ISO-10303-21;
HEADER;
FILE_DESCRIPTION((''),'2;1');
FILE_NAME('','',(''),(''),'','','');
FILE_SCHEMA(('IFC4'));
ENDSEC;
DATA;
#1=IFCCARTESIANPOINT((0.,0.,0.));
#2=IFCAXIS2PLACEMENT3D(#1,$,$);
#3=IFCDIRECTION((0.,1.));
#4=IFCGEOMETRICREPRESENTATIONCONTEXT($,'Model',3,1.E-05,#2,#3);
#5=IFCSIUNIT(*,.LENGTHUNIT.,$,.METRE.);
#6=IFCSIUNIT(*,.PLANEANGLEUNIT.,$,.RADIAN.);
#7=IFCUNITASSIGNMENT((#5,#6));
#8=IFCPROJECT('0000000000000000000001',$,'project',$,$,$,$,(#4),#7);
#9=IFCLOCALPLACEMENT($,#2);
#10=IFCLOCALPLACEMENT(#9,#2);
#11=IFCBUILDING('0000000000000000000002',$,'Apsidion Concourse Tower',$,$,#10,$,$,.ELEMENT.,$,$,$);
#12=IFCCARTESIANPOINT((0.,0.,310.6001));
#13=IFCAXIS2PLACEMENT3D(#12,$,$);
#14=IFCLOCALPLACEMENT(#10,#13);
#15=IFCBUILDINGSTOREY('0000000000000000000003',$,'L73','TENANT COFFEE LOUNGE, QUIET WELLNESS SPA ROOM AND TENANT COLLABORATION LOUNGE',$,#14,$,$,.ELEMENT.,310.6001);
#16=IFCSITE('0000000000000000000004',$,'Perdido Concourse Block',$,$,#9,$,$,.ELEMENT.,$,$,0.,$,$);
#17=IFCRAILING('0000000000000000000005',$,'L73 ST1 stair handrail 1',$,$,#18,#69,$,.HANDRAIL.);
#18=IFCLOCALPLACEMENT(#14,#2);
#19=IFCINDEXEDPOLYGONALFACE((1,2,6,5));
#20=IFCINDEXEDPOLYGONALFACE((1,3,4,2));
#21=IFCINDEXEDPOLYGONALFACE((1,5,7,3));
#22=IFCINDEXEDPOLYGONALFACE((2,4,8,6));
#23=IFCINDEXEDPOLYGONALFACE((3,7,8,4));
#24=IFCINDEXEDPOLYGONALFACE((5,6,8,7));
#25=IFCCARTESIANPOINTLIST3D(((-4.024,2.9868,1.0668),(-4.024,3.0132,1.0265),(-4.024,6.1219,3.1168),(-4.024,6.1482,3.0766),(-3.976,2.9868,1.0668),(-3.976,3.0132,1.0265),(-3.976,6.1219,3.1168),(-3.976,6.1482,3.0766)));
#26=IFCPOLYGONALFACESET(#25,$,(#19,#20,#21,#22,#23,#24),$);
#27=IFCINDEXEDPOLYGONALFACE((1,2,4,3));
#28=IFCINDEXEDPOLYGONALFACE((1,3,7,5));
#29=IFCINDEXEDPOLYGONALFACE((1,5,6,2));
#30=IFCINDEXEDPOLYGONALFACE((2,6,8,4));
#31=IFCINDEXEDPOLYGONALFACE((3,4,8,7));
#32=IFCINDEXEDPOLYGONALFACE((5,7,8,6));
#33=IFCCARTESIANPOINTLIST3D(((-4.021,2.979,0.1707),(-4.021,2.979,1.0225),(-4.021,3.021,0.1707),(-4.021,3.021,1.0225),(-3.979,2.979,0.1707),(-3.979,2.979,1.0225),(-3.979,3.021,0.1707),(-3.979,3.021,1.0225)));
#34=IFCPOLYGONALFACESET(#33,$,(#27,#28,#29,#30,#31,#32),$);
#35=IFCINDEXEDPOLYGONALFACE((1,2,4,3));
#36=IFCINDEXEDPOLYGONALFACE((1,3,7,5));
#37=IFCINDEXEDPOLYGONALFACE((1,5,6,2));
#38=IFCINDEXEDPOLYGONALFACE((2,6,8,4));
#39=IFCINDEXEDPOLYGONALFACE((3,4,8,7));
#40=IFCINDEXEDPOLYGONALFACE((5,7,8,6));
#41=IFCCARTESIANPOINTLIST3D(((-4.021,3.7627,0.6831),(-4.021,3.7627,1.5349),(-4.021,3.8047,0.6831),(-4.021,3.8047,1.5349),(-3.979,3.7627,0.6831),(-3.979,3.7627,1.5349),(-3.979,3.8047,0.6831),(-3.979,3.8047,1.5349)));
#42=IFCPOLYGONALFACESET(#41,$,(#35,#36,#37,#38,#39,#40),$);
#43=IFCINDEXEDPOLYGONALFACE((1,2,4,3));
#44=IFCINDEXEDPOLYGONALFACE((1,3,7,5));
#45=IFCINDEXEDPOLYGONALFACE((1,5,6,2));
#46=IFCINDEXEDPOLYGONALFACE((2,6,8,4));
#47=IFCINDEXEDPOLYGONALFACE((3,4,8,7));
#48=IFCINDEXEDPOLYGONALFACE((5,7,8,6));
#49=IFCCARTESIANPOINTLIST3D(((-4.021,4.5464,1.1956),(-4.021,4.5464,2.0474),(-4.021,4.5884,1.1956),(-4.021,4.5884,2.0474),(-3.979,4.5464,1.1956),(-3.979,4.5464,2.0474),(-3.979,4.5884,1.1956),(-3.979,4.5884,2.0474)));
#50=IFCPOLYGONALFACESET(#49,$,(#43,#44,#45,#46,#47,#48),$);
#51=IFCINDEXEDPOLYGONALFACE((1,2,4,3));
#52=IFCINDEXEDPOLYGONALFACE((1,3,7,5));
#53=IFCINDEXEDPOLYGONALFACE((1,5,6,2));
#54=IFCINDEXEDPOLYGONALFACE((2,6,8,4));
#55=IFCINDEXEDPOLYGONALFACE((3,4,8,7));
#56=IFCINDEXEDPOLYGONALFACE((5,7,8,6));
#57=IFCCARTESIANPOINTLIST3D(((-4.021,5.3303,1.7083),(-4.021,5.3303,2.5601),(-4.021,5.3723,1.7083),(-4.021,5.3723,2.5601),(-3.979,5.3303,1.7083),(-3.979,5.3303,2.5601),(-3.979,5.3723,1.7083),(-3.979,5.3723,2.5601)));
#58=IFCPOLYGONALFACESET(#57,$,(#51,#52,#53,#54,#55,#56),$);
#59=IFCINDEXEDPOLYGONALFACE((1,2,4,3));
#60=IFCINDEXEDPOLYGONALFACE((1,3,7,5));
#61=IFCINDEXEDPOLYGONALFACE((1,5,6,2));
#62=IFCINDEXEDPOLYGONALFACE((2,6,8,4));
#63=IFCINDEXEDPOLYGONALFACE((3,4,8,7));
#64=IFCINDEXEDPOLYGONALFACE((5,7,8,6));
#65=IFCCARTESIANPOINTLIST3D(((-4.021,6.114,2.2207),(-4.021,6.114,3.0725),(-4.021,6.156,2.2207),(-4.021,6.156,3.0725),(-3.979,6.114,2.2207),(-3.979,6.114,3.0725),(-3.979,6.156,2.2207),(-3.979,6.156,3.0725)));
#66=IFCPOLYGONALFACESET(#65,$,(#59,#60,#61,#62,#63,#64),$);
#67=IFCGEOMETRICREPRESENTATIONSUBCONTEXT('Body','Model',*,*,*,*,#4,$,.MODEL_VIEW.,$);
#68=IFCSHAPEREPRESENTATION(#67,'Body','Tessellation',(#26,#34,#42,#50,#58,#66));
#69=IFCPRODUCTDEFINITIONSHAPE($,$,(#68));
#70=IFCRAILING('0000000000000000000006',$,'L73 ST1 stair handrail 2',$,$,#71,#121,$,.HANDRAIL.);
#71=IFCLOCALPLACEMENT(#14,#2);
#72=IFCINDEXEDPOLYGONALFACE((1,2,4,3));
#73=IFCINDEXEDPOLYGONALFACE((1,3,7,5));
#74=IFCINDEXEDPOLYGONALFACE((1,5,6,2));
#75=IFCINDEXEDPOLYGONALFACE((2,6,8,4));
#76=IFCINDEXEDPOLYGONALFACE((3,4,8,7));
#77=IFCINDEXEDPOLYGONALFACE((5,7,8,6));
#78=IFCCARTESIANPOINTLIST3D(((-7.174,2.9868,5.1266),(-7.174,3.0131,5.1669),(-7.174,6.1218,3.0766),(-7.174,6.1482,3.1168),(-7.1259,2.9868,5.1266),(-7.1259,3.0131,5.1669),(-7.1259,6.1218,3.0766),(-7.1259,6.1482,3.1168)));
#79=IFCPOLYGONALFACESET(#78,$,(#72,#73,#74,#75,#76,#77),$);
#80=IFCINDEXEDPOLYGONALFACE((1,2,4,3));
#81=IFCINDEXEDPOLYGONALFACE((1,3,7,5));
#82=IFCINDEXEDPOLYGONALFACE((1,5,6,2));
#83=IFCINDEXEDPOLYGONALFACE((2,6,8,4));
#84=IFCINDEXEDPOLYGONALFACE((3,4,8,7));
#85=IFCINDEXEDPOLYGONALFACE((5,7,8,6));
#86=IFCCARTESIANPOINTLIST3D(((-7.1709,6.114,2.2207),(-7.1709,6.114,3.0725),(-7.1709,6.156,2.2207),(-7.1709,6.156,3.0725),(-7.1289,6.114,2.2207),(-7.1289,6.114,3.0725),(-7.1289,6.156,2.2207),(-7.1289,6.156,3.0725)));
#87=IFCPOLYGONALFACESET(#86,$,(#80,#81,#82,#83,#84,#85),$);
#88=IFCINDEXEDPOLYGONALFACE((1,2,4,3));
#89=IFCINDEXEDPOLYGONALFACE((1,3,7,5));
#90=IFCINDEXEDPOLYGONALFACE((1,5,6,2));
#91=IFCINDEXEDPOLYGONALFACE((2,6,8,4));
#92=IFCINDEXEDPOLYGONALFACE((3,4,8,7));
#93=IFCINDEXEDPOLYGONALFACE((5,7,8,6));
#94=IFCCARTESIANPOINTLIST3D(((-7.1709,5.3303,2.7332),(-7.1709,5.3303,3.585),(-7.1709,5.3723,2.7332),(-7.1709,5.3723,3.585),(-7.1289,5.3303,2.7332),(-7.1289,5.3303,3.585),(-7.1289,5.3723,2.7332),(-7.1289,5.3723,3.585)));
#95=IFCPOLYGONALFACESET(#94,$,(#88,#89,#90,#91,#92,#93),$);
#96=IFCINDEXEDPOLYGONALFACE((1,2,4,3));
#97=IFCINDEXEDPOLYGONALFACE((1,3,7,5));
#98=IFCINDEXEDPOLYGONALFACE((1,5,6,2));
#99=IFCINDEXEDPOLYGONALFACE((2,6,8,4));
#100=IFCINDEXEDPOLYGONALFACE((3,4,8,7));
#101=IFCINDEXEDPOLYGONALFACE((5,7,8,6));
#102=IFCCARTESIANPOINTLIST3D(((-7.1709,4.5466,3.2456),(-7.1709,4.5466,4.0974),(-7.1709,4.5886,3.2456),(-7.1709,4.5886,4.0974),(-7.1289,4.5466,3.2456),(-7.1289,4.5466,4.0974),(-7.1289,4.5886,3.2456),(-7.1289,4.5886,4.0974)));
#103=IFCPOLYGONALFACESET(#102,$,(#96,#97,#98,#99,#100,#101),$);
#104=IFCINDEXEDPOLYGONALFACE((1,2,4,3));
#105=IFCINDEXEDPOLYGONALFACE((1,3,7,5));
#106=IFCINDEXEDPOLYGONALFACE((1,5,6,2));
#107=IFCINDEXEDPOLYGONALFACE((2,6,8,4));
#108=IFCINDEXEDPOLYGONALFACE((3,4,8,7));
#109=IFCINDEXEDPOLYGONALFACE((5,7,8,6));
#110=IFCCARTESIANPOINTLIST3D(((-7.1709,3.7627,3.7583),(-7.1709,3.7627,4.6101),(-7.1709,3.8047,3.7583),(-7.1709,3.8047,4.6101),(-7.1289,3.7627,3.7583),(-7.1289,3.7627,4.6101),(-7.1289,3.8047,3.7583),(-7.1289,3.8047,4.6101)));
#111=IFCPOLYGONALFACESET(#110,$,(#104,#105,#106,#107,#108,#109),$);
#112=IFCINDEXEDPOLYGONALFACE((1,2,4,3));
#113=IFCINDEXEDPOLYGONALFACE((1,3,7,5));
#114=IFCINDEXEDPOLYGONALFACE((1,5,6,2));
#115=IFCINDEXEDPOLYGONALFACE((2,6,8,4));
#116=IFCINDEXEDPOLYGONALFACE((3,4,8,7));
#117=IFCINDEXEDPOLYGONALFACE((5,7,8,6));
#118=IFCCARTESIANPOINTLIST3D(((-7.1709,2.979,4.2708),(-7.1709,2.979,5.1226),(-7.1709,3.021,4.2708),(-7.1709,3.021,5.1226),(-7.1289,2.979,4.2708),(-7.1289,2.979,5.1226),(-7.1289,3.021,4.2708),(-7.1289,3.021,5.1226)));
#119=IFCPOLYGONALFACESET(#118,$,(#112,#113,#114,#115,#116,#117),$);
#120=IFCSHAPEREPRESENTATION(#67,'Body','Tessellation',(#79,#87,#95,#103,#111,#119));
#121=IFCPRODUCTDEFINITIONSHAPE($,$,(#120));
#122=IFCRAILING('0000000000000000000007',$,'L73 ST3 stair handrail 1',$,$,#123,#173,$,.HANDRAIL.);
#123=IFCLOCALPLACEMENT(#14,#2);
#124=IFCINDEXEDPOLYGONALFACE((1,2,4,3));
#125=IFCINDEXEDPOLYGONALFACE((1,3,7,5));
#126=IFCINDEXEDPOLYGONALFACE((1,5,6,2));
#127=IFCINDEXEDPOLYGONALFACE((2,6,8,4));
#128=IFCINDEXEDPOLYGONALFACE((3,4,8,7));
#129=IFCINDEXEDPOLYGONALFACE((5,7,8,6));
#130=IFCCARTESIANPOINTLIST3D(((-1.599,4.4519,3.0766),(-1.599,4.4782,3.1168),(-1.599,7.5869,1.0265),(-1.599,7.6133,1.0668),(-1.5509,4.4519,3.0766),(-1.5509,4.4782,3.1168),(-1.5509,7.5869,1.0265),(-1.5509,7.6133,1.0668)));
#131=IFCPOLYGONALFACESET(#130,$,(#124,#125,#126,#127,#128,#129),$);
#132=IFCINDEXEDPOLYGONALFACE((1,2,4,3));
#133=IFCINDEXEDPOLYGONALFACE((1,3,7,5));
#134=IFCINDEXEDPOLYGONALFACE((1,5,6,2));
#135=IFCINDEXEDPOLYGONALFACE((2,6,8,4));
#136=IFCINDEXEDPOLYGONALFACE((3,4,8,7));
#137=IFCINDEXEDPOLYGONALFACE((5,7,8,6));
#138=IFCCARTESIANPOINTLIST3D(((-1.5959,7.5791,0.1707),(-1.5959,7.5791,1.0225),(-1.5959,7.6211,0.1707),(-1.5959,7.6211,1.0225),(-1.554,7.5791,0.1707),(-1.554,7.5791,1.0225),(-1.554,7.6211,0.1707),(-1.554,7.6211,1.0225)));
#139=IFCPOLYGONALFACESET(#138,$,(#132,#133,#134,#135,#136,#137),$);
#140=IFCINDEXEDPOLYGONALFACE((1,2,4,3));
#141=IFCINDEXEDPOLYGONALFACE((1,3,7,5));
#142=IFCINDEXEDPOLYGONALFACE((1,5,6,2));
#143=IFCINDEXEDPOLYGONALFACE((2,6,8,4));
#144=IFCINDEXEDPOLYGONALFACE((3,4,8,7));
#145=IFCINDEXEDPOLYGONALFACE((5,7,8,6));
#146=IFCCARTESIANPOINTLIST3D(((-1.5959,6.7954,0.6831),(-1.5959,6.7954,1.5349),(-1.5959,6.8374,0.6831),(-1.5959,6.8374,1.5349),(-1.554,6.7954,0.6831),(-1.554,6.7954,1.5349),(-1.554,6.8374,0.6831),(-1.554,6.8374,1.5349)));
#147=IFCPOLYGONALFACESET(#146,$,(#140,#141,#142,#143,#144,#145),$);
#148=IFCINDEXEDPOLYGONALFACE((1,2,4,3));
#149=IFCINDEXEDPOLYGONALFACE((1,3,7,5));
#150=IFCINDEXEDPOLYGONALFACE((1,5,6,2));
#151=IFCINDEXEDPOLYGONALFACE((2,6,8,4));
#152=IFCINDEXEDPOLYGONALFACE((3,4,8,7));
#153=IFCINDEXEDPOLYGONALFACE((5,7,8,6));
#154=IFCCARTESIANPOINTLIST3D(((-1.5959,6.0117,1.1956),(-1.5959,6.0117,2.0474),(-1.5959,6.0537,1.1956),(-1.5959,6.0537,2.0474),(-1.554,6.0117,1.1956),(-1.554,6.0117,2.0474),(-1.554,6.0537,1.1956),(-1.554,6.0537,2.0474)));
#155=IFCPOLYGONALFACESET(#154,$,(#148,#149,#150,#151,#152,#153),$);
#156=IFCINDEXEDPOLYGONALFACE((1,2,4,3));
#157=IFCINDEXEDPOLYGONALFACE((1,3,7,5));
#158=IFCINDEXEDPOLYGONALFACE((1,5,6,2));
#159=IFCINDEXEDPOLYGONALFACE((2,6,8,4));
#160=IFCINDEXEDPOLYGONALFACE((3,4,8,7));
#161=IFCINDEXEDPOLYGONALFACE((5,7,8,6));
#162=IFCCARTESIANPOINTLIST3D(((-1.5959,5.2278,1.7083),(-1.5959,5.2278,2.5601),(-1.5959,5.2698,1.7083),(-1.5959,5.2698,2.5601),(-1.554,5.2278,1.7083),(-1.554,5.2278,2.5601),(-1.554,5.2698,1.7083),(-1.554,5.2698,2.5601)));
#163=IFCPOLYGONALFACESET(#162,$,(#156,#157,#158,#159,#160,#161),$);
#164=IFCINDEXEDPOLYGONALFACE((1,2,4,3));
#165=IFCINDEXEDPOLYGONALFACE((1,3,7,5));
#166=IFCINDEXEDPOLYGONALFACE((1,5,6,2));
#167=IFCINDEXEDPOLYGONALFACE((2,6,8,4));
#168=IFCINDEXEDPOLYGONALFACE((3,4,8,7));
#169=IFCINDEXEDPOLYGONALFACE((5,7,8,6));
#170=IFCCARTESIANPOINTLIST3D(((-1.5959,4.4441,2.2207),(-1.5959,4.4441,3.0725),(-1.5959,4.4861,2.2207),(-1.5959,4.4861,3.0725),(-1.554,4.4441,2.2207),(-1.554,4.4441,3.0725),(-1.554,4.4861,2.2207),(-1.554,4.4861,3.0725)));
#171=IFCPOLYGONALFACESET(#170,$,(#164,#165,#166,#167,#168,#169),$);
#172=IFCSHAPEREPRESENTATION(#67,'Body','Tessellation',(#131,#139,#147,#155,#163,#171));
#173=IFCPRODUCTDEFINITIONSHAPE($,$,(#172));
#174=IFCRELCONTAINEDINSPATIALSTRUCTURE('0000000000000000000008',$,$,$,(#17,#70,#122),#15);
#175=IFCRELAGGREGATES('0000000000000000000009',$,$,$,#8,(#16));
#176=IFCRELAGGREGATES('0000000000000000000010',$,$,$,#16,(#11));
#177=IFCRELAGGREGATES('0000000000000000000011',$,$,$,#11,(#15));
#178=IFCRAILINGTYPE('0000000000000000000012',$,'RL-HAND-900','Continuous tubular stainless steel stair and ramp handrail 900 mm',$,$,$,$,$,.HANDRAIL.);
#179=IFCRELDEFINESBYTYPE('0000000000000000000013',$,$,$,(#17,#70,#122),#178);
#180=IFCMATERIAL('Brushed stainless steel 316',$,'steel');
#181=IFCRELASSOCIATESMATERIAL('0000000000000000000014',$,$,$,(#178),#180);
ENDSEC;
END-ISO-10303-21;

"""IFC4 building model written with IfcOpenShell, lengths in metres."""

from ifc_helpers import new_model, si_unit, direction, frame, origin, origin_2d, place, context, subcontext, project, spatial, rectangle, extrude, material, type_object, element, save


model = new_model("IFC4")

# Units and contexts
model_context = context("Model", 3, precision=1e-05, world=origin(), true_north=direction((0.0, 1.0)))
body_context = subcontext(model_context, "Body", "Model", "MODEL_VIEW")
ifc_project = project(units=[si_unit("LENGTHUNIT", "METRE"), si_unit("PLANEANGLEUNIT", "RADIAN")], contexts=[model_context])

# Site, building, storey
site_placement = place(None, origin())
site = spatial("IfcSite", under=ifc_project, at=site_placement, Name="Perdido Concourse Block", CompositionType="ELEMENT", RefElevation=0.0)
building_placement = place(site_placement, origin())
building = spatial("IfcBuilding", under=site, at=building_placement, Name="Apsidion Concourse Tower", CompositionType="ELEMENT")
storey_placement = place(building_placement, frame((0.0, 0.0, 310.6001)))
storey = spatial("IfcBuildingStorey", under=building, at=storey_placement, Name="L73", Description="TENANT COFFEE LOUNGE, QUIET WELLNESS SPA ROOM AND TENANT COLLABORATION LOUNGE", CompositionType="ELEMENT", Elevation=310.6001)

# Shared definitions
ifc_material_1 = material(Name="Brushed stainless steel 316", Category="steel")

# Railings
railing_type_1 = type_object("IfcRailingType", Name="RL-HAND-900", Description="Continuous tubular stainless steel stair and ramp handrail 900 mm", PredefinedType="HANDRAIL", material=ifc_material_1)
railing_1_placement = place(storey_placement, frame((-4.0, 3.0, 0.1707)))
element("IfcRailing", 1, at=railing_1_placement, inside=storey, type_object=railing_type_1, Name="L73 ST1 stair handrail 1", PredefinedType="HANDRAIL", context=body_context, shape_type="SweptSolid", body=[
    extrude(rectangle(XDim=0.0481, YDim=0.0481, at=origin_2d()), frame((0.0, 0.0, 0.876), z_axis=(0.0, 0.836941, 0.547293), x_axis=(-1.0, 0.0, 0.0)), (0.0, 0.0, 1.0), 3.7458),
    extrude(rectangle(XDim=0.042, YDim=0.042, at=origin_2d()), origin(), (0.0, 0.0, 1.0), 0.8518),
    extrude(rectangle(XDim=0.042, YDim=0.042, at=origin_2d()), frame((0.0, 0.7837, 0.5125)), (0.0, 0.0, 1.0), 0.8518),
    extrude(rectangle(XDim=0.042, YDim=0.042, at=origin_2d()), frame((0.0, 1.5674, 1.0249)), (0.0, 0.0, 1.0), 0.8518),
    extrude(rectangle(XDim=0.042, YDim=0.042, at=origin_2d()), frame((0.0, 2.3513, 1.5376)), (0.0, 0.0, 1.0), 0.8518),
    extrude(rectangle(XDim=0.042, YDim=0.042, at=origin_2d()), frame((0.0, 3.135, 2.05)), (0.0, 0.0, 1.0), 0.8518),
])
for number, where, name in (
    (2, (-7.1499, 6.135, 2.2207), "L73 ST1 stair handrail 2"),
    (3, (-1.575, 7.6001, 0.1707), "L73 ST3 stair handrail 1"),
):
    element("IfcRailing", number, at=place(storey_placement, frame(where)), inside=storey, type_object=railing_type_1, Name=name, PredefinedType="HANDRAIL", context=body_context, shape_type="SweptSolid", body=[
        extrude(rectangle(XDim=0.0481, YDim=0.0481, at=origin_2d()), frame((0.0, 0.0, 0.876), z_axis=(0.0, -0.836941, 0.547293), x_axis=(1.0, 0.0, 0.0)), (0.0, 0.0, 1.0), 3.7458),
        extrude(rectangle(XDim=0.042, YDim=0.042, at=origin_2d()), origin(), (0.0, 0.0, 1.0), 0.8518),
        extrude(rectangle(XDim=0.042, YDim=0.042, at=origin_2d()), frame((0.0, -0.7837, 0.5125)), (0.0, 0.0, 1.0), 0.8518),
        extrude(rectangle(XDim=0.042, YDim=0.042, at=origin_2d()), frame((0.0, -1.5674, 1.0249)), (0.0, 0.0, 1.0), 0.8518),
        extrude(rectangle(XDim=0.042, YDim=0.042, at=origin_2d()), frame((0.0, -2.3513, 1.5376)), (0.0, 0.0, 1.0), 0.8518),
        extrude(rectangle(XDim=0.042, YDim=0.042, at=origin_2d()), frame((0.0, -3.135, 2.05)), (0.0, 0.0, 1.0), 0.8518),
    ])

save(model, "model.ifc")
